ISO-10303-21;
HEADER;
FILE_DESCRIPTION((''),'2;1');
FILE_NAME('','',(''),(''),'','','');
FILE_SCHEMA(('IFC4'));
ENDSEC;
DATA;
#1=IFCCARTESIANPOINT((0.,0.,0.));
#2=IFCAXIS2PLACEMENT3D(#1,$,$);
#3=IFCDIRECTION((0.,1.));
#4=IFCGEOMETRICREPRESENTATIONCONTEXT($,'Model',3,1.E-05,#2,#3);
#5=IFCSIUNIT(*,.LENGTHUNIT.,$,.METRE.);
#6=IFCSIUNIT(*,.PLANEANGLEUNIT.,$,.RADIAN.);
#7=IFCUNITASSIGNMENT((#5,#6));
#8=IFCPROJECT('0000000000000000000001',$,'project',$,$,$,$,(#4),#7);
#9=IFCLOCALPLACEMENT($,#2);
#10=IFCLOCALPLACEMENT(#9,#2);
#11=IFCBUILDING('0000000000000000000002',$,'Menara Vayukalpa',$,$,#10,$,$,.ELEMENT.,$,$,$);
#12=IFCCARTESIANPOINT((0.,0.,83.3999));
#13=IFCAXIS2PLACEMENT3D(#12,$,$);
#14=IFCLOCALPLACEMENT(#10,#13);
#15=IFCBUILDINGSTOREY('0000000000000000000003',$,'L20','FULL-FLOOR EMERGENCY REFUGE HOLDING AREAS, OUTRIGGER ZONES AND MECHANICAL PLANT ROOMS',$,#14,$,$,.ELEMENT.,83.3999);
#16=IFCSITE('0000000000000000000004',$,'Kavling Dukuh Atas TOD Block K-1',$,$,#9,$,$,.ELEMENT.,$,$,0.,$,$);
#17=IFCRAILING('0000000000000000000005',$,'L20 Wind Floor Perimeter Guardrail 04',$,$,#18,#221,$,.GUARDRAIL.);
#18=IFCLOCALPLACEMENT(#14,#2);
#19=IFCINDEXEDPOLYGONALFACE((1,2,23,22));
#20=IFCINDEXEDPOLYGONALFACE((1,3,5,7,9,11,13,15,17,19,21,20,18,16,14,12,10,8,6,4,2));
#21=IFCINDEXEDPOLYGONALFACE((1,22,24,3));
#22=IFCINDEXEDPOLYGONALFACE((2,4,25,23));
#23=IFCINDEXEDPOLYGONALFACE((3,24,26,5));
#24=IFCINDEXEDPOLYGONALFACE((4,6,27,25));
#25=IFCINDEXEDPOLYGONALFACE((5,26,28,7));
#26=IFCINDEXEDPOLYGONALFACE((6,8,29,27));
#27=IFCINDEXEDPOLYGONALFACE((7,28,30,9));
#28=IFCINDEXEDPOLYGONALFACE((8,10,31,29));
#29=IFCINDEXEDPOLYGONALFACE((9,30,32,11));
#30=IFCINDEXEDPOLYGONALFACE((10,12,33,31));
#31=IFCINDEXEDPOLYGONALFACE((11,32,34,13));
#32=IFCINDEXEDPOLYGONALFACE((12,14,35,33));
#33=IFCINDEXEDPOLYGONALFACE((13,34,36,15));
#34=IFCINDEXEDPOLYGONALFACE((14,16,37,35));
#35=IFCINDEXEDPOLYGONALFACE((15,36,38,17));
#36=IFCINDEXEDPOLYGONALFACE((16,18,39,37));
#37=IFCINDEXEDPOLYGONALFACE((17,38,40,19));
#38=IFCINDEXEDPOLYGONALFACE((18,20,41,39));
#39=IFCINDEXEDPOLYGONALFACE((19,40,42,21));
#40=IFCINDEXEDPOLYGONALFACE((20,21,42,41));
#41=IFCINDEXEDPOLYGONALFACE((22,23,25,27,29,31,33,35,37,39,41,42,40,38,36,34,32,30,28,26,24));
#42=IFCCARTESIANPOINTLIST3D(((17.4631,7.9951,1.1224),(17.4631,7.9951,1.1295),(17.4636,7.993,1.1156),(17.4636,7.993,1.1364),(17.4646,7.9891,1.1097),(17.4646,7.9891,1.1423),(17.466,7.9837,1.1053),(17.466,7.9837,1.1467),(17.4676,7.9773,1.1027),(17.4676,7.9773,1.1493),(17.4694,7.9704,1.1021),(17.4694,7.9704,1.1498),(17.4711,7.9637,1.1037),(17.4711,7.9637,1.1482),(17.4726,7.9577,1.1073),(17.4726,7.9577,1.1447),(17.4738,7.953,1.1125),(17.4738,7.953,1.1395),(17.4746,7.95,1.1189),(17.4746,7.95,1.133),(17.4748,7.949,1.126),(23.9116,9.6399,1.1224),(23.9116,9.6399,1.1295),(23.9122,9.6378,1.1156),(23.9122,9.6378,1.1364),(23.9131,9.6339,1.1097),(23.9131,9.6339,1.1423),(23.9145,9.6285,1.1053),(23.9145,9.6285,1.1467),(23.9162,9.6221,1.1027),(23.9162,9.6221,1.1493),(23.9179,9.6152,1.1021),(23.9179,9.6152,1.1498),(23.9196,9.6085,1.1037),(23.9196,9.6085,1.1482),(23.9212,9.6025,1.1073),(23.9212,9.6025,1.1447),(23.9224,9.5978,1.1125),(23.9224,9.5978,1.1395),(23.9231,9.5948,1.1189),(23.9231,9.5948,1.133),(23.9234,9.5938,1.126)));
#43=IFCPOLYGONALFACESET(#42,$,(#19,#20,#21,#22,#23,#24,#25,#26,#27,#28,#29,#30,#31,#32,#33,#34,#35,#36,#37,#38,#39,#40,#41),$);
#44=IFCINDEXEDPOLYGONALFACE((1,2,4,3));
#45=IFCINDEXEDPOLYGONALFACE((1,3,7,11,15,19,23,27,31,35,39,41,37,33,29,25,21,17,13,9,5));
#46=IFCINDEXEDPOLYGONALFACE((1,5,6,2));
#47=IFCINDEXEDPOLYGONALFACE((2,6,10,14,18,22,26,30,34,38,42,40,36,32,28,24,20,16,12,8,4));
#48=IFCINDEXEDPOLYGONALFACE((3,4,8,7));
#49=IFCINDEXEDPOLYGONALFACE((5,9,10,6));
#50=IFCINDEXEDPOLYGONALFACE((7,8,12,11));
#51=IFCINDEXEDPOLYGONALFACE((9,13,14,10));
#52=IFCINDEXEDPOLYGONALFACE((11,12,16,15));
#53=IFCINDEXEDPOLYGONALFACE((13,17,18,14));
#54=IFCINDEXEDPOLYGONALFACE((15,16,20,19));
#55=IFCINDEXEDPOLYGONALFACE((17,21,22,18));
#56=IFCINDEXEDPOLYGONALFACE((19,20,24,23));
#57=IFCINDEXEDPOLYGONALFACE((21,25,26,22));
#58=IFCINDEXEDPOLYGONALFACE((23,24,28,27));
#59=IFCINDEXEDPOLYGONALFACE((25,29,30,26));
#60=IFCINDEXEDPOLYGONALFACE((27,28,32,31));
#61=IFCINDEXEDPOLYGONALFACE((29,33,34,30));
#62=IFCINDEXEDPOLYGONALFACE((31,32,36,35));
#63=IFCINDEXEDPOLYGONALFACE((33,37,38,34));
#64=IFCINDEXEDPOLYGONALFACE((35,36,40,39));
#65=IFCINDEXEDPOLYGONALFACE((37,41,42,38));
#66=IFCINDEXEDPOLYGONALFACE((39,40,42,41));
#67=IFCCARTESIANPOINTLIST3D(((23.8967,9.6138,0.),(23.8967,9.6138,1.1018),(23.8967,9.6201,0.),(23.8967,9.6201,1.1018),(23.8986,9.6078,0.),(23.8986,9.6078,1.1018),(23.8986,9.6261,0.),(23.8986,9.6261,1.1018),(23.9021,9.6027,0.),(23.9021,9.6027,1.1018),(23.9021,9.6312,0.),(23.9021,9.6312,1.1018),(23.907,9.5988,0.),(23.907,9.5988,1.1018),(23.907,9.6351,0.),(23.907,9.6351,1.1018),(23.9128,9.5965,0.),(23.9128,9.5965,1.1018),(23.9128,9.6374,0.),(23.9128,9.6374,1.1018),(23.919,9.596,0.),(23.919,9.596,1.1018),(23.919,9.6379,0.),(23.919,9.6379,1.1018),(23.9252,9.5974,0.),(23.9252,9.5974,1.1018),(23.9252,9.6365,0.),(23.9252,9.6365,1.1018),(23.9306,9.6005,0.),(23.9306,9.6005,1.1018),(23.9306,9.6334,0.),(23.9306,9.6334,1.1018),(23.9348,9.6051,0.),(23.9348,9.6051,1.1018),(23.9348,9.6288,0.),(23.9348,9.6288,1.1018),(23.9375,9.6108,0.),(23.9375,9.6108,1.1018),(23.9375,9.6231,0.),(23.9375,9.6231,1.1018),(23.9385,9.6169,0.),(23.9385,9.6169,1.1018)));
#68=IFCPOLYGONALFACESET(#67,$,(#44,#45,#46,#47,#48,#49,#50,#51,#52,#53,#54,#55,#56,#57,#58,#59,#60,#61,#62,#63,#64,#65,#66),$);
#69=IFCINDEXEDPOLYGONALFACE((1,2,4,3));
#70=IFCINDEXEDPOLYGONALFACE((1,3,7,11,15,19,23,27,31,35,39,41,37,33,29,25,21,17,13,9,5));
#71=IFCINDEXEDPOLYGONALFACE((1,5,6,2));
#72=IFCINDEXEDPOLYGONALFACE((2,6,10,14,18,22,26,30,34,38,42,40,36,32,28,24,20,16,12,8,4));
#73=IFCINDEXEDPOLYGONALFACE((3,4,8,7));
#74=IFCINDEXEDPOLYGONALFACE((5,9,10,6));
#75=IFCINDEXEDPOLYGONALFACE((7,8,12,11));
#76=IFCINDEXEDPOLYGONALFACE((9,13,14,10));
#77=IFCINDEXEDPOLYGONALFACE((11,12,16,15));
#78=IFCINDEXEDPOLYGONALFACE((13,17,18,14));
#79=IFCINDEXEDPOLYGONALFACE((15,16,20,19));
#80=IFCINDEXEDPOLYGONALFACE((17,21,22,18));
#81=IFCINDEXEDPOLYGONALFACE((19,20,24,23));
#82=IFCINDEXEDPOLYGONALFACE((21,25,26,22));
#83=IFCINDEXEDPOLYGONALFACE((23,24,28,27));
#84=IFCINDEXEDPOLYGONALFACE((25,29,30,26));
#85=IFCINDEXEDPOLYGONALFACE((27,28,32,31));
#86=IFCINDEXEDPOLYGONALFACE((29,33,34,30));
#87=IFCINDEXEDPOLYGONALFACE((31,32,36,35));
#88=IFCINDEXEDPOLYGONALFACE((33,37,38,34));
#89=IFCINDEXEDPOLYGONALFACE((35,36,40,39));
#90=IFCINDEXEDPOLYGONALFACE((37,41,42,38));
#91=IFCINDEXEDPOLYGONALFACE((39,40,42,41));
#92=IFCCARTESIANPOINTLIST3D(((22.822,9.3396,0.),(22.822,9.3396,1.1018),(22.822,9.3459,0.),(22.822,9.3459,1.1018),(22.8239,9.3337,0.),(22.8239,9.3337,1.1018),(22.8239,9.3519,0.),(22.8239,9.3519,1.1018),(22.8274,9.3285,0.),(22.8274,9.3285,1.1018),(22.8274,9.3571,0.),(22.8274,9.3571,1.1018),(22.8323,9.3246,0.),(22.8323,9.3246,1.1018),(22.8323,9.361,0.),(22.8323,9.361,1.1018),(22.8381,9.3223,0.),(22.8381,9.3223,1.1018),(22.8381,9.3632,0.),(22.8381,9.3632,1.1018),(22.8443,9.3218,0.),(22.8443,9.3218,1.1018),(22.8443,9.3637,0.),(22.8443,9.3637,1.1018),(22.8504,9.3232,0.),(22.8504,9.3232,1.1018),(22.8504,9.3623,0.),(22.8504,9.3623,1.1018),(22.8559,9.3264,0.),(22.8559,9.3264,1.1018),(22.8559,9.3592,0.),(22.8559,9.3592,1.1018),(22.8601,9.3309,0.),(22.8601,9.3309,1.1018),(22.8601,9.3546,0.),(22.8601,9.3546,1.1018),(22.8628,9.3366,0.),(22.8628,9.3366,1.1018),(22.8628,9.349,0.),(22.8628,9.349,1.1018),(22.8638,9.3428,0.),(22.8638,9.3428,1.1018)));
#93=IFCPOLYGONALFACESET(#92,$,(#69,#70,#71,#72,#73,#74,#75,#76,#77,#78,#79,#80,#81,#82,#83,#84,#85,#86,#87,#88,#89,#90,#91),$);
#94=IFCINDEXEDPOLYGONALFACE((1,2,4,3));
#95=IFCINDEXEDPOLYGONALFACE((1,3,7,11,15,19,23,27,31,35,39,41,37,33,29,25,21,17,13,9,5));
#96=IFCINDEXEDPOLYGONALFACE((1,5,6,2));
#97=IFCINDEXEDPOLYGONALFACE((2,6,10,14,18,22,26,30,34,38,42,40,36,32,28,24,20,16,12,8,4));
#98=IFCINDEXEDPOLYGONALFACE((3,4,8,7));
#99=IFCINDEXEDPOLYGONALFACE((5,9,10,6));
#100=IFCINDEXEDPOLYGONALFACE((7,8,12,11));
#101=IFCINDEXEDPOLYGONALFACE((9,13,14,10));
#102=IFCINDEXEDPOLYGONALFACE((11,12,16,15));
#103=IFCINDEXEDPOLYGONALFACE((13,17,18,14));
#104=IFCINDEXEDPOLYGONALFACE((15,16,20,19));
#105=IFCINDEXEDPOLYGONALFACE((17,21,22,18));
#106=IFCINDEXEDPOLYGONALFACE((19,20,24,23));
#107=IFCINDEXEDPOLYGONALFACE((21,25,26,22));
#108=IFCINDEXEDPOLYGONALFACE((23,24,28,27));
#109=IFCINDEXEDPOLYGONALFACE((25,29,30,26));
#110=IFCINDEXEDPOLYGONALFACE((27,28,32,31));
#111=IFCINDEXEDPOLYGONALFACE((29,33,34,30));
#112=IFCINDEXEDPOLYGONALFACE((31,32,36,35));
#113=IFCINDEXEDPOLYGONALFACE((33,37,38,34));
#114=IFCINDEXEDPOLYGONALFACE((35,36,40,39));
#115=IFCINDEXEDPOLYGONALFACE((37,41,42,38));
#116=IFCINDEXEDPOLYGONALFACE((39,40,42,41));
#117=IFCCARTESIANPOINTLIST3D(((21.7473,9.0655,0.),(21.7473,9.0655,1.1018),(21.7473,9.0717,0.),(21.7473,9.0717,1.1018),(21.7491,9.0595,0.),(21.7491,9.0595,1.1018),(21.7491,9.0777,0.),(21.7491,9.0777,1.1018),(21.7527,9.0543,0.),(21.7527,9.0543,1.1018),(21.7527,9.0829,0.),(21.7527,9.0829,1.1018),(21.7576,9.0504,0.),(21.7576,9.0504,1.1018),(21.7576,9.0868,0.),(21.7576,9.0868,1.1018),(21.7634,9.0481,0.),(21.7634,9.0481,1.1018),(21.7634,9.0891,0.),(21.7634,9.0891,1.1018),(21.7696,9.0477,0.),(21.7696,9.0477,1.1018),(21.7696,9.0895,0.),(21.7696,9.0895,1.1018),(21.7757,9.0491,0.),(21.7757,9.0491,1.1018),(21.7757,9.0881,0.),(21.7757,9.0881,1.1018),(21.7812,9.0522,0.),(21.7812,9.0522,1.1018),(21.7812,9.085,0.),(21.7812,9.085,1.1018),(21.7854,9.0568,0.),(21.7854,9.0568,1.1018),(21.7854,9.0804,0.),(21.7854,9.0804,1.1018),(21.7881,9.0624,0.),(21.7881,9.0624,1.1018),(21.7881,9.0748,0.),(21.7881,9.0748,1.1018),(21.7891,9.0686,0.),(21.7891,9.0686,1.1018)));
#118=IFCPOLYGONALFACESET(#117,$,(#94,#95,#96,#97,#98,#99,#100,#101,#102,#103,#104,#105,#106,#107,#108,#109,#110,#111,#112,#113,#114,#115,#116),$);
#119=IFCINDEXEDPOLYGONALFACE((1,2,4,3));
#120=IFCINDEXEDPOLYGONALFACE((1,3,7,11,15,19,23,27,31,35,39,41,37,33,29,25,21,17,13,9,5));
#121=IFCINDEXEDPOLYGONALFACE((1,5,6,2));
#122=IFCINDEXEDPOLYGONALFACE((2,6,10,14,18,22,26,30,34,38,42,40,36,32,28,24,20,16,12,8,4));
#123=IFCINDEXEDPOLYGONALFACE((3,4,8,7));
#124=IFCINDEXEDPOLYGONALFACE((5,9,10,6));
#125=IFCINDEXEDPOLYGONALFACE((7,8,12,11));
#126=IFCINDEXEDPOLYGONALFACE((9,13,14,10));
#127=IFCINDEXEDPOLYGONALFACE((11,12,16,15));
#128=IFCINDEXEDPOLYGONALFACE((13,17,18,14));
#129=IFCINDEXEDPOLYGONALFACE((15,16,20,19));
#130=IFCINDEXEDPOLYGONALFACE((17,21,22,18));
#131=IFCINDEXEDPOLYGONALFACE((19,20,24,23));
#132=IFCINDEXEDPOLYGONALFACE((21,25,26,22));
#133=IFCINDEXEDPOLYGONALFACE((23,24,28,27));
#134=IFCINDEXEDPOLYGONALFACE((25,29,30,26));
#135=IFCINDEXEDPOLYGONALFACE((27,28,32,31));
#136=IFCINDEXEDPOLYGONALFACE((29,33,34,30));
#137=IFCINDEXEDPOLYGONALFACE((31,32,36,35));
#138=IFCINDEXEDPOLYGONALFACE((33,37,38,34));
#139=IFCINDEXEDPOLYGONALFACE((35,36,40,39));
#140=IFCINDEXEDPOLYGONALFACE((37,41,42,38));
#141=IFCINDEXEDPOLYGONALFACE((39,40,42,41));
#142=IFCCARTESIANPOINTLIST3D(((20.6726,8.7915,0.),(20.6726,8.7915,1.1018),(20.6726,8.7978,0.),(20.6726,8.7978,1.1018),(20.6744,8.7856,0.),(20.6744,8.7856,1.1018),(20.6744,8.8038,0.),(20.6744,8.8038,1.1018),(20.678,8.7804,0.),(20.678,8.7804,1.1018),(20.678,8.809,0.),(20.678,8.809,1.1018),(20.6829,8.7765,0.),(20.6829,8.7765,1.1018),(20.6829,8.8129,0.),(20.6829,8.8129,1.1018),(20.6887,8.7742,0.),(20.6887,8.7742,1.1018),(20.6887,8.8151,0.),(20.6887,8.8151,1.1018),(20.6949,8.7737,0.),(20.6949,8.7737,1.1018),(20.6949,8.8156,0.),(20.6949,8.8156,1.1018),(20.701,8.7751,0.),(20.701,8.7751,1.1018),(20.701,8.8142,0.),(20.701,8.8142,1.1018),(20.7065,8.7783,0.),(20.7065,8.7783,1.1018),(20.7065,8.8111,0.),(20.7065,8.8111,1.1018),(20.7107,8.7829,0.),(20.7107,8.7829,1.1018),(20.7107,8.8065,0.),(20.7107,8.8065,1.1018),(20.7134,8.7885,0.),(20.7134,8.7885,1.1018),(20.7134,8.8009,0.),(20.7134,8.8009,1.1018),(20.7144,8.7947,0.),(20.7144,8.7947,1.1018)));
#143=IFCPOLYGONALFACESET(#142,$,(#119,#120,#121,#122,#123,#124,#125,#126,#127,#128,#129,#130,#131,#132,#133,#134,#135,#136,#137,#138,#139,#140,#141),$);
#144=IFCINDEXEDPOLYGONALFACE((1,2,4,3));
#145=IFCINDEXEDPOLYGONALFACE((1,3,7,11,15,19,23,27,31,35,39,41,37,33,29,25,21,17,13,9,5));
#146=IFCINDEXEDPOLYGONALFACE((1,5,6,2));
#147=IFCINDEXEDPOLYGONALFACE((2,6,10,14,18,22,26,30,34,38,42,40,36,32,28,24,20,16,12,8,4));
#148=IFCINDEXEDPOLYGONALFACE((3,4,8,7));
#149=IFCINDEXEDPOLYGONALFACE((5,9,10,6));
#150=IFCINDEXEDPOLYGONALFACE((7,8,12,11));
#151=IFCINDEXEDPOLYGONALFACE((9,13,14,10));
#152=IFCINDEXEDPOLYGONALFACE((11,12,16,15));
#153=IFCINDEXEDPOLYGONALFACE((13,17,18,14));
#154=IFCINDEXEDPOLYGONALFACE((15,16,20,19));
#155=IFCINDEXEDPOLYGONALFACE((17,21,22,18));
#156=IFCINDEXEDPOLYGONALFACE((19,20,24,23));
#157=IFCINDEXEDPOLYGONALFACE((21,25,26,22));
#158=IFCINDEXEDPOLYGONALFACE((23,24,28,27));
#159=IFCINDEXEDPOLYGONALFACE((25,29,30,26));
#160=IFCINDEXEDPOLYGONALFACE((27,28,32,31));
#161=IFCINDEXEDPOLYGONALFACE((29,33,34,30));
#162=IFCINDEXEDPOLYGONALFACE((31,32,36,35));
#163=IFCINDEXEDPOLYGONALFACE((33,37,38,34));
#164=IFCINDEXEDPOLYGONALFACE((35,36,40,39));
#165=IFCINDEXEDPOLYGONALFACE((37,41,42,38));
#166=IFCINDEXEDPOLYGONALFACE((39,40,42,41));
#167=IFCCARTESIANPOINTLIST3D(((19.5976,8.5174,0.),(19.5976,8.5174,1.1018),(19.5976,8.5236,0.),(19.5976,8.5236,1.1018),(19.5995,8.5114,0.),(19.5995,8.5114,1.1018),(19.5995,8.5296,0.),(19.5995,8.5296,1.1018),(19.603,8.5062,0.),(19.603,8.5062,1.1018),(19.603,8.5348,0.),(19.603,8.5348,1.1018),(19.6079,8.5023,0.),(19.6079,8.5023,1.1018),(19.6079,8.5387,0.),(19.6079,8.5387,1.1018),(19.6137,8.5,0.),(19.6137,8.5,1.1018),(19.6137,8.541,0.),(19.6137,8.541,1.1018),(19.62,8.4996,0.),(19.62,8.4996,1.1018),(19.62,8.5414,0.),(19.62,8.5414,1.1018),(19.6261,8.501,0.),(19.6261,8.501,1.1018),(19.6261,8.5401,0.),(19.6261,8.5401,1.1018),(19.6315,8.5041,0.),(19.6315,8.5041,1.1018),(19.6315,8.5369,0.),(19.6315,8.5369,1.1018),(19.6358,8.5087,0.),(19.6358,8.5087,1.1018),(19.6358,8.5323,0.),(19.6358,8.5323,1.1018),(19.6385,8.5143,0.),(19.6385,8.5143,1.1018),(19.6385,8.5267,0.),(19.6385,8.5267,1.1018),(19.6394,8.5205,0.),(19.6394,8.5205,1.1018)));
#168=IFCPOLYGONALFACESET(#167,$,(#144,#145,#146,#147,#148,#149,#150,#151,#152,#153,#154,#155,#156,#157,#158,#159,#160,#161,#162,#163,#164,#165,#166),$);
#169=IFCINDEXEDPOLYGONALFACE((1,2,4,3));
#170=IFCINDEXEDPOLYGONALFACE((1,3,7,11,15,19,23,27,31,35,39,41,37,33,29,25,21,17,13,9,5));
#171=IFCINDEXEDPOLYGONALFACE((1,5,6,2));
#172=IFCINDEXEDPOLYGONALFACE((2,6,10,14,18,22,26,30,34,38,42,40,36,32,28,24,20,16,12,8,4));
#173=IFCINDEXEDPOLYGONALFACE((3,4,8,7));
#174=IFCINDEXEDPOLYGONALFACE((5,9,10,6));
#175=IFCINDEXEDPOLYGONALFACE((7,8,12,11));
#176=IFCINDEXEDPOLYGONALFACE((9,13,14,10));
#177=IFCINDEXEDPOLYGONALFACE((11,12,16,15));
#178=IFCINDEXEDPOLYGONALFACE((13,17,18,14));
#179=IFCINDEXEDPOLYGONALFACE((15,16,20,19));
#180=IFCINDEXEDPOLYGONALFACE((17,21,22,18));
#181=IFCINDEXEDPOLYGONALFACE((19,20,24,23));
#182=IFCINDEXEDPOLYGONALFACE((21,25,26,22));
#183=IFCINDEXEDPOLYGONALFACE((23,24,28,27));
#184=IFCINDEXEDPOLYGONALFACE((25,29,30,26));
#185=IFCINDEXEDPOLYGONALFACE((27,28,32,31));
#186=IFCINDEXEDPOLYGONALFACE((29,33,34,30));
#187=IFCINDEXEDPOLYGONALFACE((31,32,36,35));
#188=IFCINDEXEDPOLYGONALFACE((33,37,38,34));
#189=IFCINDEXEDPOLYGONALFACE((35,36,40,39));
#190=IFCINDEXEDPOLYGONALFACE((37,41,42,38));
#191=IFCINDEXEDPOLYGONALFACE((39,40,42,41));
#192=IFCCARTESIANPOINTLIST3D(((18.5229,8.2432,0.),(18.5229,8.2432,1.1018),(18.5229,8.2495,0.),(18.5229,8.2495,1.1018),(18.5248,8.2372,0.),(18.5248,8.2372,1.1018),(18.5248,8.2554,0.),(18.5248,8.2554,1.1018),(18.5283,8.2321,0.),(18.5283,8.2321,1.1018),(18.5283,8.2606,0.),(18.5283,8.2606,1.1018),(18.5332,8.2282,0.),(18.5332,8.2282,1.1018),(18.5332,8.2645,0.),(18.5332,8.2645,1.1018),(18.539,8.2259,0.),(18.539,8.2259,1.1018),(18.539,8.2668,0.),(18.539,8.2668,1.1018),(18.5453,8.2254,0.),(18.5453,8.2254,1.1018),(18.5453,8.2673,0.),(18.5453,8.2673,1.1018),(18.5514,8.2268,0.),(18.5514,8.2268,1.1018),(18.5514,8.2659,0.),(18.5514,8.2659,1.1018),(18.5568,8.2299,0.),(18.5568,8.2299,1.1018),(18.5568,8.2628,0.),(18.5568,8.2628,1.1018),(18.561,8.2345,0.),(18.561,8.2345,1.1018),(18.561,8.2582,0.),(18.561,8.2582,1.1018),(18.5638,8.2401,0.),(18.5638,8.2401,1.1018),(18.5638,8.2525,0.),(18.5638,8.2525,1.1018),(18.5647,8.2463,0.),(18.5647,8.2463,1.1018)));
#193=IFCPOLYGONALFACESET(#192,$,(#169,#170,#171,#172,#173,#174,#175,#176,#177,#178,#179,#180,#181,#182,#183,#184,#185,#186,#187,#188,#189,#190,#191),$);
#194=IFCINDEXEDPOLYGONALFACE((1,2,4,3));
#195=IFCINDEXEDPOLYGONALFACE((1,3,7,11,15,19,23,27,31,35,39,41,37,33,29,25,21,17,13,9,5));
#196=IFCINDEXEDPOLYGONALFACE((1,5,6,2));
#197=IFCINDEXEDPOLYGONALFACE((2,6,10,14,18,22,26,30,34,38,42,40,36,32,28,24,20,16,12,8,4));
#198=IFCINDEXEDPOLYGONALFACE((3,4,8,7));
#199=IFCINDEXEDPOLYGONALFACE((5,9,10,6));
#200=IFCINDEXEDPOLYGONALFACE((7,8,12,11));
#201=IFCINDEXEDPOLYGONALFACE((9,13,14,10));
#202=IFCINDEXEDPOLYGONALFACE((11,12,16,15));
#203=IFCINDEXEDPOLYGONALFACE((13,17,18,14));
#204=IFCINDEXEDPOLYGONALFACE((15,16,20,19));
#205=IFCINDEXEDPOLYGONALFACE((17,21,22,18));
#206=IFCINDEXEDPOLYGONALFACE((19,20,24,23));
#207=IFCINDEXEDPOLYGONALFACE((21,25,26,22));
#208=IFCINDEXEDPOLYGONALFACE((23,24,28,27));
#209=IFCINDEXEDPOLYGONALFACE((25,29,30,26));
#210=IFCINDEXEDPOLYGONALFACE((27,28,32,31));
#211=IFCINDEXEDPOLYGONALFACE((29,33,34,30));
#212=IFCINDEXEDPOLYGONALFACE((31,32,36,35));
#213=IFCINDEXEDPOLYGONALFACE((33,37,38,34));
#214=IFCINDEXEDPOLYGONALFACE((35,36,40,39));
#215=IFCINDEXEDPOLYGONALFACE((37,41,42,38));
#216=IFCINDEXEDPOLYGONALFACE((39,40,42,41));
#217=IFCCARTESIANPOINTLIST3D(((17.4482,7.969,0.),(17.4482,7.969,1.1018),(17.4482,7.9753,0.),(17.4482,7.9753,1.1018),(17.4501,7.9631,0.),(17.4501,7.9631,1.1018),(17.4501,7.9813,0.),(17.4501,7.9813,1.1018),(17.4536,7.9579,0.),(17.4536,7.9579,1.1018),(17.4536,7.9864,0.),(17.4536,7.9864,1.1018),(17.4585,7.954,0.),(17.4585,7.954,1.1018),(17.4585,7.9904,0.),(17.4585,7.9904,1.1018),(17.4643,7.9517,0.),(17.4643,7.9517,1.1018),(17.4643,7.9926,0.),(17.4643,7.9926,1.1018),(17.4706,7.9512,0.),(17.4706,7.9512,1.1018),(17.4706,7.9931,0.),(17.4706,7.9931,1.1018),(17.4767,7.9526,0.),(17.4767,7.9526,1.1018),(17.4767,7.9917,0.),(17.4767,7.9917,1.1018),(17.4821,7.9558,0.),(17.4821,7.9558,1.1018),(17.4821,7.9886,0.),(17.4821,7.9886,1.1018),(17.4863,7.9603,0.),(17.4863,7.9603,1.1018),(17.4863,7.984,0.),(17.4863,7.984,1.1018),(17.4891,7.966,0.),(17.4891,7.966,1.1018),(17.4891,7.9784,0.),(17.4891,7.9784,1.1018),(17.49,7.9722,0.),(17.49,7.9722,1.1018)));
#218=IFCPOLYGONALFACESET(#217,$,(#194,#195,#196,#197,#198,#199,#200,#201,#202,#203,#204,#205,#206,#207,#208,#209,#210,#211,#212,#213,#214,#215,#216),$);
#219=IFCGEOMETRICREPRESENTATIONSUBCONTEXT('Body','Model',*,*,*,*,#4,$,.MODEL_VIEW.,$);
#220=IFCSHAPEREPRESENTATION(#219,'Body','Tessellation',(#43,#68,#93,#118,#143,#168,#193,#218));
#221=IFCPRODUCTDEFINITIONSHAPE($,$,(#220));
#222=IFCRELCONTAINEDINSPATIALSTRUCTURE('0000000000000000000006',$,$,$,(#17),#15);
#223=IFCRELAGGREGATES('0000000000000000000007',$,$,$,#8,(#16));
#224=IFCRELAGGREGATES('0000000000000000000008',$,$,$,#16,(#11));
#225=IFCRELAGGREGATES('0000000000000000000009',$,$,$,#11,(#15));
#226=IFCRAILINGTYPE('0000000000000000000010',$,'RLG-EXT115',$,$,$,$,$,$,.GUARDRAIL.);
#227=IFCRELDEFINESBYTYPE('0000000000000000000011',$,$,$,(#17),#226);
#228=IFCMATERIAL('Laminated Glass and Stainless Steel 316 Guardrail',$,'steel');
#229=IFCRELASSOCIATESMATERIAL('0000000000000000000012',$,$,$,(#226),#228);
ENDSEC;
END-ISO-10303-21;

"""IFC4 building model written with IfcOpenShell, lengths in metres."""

from ifc_helpers import new_model, si_unit, direction, frame, origin, origin_2d, place, context, subcontext, project, spatial, circle, extrude, material, type_object, element, save


model = new_model("IFC4")

# Units and contexts
model_context = context("Model", 3, precision=1e-05, world=origin(), true_north=direction((0.0, 1.0)))
body_context = subcontext(model_context, "Body", "Model", "MODEL_VIEW")
ifc_project = project(units=[si_unit("LENGTHUNIT", "METRE"), si_unit("PLANEANGLEUNIT", "RADIAN")], contexts=[model_context])

# Site, building, storey
site_placement = place(None, origin())
site = spatial("IfcSite", under=ifc_project, at=site_placement, Name="Kavling Dukuh Atas TOD Block K-1", CompositionType="ELEMENT", RefElevation=0.0)
building_placement = place(site_placement, origin())
building = spatial("IfcBuilding", under=site, at=building_placement, Name="Menara Vayukalpa", CompositionType="ELEMENT")
storey_placement = place(building_placement, frame((0.0, 0.0, 83.3999)))
storey = spatial("IfcBuildingStorey", under=building, at=storey_placement, Name="L20", Description="FULL-FLOOR EMERGENCY REFUGE HOLDING AREAS, OUTRIGGER ZONES AND MECHANICAL PLANT ROOMS", CompositionType="ELEMENT", Elevation=83.3999)

# Railing
ifc_material_1 = material(Name="Laminated Glass and Stainless Steel 316 Guardrail", Category="steel")
railing_type = type_object("IfcRailingType", Name="RLG-EXT115", PredefinedType="GUARDRAIL", material=ifc_material_1)
railing_1_placement = place(storey_placement, frame((23.9175, 9.6169, 0.0)))
element("IfcRailing", 1, at=railing_1_placement, inside=storey, type_object=railing_type, Name="L20 Wind Floor Perimeter Guardrail 04", PredefinedType="GUARDRAIL", context=body_context, shape_type="SweptSolid", body=[
    extrude(circle(Radius=0.0239, at=origin_2d()), frame((0.0, 0.0, 1.126), z_axis=(-0.968977, -0.247151, 0.0), x_axis=(0.247151, -0.968977, 0.0)), (0.0, 0.0, 1.0), 6.655),
    extrude(circle(Radius=0.021, at=origin_2d()), origin(), (0.0, 0.0, 1.0), 1.1018),
    extrude(circle(Radius=0.021, at=origin_2d()), frame((-1.0747, -0.2742, 0.0)), (0.0, 0.0, 1.0), 1.1018),
    extrude(circle(Radius=0.021, at=origin_2d()), frame((-2.1494, -0.5483, 0.0)), (0.0, 0.0, 1.0), 1.1018),
    extrude(circle(Radius=0.021, at=origin_2d()), frame((-3.2241, -0.8223, 0.0)), (0.0, 0.0, 1.0), 1.1018),
    extrude(circle(Radius=0.021, at=origin_2d()), frame((-4.2991, -1.0964, 0.0)), (0.0, 0.0, 1.0), 1.1018),
    extrude(circle(Radius=0.021, at=origin_2d()), frame((-5.3738, -1.3706, 0.0)), (0.0, 0.0, 1.0), 1.1018),
    extrude(circle(Radius=0.021, at=origin_2d()), frame((-6.4485, -1.6448, 0.0)), (0.0, 0.0, 1.0), 1.1018),
])

save(model, "model.ifc")
